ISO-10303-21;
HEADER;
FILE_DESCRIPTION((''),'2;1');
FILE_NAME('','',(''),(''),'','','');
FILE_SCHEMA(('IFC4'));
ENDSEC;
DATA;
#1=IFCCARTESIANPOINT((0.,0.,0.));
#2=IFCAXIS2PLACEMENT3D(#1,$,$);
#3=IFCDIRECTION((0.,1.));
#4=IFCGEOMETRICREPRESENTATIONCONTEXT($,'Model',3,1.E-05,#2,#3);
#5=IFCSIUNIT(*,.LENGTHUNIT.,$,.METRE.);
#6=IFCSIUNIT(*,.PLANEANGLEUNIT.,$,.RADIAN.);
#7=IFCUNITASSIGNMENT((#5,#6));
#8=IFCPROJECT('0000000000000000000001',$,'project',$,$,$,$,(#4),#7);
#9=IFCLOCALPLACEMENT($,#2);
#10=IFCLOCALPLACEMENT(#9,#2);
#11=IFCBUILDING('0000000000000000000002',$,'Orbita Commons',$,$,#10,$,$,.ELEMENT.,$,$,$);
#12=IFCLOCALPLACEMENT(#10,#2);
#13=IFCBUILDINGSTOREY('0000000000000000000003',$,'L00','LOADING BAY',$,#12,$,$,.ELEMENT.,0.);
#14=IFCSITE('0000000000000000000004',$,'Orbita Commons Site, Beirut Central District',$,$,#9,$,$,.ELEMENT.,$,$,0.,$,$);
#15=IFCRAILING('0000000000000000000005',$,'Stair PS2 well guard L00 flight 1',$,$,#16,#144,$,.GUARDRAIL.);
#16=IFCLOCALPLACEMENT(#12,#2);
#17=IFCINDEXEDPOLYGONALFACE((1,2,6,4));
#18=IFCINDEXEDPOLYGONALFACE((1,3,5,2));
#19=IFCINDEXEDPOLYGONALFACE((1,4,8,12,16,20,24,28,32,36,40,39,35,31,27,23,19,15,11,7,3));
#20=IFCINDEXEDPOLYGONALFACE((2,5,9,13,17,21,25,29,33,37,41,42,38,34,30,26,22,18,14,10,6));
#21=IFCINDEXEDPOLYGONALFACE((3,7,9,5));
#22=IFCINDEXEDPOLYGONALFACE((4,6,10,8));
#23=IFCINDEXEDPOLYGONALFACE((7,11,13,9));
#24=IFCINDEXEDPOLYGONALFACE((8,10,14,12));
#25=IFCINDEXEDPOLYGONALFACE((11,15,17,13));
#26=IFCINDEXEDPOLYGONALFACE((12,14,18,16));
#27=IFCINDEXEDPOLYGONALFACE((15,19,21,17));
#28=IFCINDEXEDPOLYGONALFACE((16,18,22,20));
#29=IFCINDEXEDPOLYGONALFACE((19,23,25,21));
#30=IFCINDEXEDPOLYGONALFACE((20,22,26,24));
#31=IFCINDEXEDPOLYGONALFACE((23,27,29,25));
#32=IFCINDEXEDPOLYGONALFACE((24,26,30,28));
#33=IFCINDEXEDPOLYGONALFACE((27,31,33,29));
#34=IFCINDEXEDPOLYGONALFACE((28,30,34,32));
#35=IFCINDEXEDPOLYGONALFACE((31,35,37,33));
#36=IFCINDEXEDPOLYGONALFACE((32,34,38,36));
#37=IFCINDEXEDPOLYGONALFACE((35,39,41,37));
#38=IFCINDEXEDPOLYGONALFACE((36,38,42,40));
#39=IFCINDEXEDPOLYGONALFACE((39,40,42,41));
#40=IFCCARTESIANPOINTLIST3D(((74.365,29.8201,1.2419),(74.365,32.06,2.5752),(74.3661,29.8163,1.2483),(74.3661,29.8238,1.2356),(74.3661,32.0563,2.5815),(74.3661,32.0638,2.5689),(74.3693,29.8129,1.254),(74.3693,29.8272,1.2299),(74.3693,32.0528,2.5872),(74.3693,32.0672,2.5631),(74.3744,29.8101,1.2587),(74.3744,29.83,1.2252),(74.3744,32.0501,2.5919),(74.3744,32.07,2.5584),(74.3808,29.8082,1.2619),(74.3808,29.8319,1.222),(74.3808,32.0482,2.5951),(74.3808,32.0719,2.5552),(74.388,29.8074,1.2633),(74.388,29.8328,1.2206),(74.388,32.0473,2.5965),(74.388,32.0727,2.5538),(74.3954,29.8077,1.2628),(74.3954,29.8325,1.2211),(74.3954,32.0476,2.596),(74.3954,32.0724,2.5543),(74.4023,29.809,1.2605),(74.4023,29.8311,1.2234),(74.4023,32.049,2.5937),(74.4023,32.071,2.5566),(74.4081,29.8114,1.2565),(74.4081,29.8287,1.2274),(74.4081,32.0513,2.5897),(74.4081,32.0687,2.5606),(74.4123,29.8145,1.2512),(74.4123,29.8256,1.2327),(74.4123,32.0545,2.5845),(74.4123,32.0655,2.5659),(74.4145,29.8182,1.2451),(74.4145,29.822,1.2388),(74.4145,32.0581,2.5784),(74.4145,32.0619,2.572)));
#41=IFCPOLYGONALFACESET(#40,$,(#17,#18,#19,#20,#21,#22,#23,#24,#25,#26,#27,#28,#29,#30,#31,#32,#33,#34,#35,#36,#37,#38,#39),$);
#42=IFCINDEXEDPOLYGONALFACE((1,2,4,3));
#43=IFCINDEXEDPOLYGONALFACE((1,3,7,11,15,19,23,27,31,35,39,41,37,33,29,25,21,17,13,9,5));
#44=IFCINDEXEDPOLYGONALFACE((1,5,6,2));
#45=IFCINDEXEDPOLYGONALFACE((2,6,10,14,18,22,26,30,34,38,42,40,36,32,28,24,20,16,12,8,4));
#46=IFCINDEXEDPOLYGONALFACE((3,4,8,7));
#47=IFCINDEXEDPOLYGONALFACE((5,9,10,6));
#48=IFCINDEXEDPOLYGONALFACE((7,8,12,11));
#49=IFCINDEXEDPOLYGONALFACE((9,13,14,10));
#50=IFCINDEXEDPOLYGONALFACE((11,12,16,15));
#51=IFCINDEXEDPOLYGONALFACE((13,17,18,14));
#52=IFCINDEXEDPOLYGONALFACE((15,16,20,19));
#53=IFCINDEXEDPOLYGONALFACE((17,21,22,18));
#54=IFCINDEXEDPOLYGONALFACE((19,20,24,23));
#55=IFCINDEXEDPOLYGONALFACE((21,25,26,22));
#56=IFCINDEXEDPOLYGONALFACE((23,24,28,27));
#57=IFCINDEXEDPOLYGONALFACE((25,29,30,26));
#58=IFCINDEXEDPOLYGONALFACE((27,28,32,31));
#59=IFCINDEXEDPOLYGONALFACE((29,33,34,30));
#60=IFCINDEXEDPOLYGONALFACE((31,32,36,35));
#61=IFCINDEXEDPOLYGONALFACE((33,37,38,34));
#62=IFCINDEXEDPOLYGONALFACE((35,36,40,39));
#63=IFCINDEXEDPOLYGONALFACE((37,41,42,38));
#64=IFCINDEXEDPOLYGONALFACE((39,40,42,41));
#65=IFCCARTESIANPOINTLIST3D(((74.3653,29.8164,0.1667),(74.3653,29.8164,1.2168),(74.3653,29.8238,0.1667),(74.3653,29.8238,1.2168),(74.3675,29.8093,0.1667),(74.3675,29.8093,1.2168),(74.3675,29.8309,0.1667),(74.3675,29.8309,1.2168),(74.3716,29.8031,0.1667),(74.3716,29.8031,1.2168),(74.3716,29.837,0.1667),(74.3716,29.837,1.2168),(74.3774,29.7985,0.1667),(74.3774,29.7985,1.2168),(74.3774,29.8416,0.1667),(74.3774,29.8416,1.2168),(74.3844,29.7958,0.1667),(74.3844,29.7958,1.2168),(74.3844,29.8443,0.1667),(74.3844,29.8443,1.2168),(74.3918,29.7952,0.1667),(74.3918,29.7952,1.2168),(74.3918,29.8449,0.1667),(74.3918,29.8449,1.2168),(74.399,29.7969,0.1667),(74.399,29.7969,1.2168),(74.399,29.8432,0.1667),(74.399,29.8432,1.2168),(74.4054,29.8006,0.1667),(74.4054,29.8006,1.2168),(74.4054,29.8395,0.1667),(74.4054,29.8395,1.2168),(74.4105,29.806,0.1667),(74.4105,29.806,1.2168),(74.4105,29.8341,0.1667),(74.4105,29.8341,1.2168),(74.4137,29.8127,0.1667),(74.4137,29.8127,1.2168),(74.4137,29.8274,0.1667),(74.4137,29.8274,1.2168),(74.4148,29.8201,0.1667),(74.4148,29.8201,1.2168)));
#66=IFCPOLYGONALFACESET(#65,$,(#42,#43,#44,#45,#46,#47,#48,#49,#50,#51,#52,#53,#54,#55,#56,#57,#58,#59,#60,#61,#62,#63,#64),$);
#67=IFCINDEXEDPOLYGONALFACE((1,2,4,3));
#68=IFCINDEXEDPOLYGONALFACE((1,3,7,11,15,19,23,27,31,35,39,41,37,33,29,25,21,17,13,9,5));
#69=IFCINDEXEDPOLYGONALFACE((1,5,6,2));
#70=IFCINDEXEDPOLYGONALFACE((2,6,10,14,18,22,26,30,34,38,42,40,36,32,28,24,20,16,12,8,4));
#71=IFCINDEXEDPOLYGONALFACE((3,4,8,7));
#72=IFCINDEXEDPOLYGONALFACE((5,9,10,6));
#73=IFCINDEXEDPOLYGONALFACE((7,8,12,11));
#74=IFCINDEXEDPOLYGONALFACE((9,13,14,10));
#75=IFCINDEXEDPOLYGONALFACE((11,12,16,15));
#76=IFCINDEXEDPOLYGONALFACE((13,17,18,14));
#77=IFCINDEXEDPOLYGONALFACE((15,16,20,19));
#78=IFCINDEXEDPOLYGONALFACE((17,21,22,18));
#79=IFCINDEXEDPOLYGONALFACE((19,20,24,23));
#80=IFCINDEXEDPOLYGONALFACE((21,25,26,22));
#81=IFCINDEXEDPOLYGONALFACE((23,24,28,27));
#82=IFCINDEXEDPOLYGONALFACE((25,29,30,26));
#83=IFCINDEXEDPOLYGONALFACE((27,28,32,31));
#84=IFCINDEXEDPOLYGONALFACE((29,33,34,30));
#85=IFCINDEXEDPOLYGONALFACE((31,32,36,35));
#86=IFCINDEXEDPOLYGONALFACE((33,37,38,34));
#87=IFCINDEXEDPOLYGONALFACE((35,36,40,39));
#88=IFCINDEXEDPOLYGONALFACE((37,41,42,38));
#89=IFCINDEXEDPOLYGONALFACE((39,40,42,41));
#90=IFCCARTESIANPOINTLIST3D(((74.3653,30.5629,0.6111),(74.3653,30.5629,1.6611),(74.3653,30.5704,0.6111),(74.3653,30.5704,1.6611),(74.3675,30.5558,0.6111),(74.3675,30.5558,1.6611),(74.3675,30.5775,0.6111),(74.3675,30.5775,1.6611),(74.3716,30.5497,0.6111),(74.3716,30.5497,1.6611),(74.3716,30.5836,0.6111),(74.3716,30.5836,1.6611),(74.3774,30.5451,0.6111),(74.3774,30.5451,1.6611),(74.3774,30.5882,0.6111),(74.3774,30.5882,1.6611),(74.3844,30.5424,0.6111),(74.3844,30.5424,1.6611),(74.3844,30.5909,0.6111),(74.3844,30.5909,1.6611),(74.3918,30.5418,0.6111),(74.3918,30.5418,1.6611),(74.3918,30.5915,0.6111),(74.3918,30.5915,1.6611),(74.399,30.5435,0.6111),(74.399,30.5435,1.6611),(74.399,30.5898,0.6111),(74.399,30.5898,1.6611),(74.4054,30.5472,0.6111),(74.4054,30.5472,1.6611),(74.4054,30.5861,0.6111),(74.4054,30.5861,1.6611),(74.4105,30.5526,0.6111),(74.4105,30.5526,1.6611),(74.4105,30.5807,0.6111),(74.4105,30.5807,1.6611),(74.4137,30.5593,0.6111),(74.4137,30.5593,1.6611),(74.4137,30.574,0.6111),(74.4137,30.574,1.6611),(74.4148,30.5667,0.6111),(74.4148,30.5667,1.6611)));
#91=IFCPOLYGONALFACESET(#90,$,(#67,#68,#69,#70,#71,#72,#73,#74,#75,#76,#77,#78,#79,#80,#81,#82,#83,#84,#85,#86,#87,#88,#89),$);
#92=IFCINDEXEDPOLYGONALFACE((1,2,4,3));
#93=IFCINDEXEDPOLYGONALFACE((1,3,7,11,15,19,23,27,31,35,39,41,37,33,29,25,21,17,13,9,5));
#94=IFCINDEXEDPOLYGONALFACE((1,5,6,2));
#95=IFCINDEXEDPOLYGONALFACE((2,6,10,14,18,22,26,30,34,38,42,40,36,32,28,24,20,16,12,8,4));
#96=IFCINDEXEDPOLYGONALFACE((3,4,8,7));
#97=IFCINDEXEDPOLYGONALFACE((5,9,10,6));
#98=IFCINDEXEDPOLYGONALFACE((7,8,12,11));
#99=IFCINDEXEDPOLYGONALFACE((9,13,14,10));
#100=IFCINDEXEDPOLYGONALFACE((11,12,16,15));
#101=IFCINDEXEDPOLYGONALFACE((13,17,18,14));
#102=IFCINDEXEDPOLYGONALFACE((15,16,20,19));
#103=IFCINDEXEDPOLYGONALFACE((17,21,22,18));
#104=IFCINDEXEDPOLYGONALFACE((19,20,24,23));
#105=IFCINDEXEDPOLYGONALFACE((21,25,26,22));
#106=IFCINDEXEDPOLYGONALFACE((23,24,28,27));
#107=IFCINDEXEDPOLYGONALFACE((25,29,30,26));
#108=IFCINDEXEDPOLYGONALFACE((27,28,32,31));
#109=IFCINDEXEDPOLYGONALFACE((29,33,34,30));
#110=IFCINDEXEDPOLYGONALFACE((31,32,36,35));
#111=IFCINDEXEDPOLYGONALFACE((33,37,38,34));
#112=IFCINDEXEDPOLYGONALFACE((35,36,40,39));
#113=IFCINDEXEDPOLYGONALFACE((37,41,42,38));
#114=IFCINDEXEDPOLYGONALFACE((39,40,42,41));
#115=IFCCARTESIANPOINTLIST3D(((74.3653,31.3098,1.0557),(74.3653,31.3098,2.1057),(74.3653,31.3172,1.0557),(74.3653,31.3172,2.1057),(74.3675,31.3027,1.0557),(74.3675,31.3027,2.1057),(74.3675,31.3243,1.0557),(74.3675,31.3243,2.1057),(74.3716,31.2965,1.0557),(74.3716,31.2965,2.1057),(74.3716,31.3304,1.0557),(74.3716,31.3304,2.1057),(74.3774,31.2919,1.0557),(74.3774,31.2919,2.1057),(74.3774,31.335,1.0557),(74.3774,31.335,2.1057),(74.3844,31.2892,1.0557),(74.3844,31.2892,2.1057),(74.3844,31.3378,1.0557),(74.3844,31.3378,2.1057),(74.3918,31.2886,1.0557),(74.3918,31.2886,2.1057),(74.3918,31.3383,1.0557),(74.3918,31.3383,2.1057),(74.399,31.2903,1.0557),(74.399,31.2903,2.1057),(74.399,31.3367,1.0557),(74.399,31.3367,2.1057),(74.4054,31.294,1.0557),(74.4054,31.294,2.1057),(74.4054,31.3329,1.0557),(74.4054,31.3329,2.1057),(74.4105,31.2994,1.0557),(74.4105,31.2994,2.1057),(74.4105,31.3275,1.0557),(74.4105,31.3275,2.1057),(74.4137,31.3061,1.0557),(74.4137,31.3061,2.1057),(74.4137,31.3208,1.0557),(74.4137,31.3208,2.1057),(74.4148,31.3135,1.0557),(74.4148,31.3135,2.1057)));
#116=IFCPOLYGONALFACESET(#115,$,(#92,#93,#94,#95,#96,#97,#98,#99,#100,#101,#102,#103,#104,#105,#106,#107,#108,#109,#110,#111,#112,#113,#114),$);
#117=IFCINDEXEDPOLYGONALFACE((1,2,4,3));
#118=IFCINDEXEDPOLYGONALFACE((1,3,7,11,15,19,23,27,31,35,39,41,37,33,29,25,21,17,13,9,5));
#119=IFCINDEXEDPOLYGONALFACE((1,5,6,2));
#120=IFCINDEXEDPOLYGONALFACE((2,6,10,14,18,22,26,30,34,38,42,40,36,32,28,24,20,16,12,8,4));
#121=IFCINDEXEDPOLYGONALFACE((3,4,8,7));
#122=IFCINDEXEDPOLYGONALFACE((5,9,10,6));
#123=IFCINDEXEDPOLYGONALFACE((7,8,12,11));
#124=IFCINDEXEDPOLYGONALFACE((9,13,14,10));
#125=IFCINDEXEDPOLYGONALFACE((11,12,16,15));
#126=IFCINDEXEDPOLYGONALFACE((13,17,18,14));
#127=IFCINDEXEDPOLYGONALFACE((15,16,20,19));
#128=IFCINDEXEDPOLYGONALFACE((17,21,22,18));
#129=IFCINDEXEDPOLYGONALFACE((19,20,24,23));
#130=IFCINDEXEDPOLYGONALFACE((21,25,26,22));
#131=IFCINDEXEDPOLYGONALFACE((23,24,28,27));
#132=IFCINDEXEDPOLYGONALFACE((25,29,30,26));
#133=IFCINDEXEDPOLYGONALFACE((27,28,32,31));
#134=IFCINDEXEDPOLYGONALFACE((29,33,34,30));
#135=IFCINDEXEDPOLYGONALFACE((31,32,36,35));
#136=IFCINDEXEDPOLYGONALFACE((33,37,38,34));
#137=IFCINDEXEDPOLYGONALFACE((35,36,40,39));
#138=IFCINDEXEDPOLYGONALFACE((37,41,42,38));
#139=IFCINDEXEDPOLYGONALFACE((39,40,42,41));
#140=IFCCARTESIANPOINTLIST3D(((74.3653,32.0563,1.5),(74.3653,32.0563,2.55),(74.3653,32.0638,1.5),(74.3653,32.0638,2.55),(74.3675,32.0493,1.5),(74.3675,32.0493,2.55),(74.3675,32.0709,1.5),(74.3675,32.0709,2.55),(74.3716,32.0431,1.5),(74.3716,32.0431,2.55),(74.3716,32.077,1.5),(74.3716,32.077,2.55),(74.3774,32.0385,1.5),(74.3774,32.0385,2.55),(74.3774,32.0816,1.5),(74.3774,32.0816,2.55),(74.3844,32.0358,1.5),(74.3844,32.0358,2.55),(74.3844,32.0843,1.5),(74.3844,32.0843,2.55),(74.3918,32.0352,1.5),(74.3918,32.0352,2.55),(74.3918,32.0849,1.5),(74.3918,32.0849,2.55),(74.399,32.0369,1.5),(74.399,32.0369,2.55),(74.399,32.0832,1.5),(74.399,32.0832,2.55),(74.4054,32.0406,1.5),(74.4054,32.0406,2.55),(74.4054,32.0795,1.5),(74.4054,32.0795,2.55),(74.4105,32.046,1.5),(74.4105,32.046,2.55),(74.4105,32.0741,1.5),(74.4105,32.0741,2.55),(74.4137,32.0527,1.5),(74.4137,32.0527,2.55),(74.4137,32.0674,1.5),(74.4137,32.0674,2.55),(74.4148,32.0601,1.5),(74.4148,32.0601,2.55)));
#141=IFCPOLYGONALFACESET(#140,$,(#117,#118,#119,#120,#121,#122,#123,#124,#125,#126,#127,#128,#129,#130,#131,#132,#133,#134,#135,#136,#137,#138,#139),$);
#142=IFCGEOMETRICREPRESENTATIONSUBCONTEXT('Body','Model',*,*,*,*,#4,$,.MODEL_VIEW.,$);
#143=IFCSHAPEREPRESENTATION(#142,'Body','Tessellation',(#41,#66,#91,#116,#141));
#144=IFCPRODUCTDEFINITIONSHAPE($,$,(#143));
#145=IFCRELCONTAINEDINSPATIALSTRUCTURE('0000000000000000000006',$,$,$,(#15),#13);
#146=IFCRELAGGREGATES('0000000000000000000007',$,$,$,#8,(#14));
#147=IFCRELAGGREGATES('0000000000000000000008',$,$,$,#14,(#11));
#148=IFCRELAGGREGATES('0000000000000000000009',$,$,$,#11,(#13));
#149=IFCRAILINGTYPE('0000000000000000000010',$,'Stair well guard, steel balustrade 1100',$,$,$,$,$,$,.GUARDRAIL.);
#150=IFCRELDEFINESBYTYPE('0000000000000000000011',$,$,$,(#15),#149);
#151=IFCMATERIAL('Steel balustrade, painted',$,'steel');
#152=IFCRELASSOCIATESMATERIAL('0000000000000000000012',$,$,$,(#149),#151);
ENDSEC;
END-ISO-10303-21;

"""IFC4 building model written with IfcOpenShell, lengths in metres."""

from ifc_helpers import new_model, si_unit, direction, frame, origin, origin_2d, place, context, subcontext, project, spatial, circle, extrude, material, type_object, element, save


model = new_model("IFC4")

# Units and contexts
model_context = context("Model", 3, precision=1e-05, world=origin(), true_north=direction((0.0, 1.0)))
body_context = subcontext(model_context, "Body", "Model", "MODEL_VIEW")
ifc_project = project(units=[si_unit("LENGTHUNIT", "METRE"), si_unit("PLANEANGLEUNIT", "RADIAN")], contexts=[model_context])

# Site, building, storey
site_placement = place(None, origin())
site = spatial("IfcSite", under=ifc_project, at=site_placement, Name="Orbita Commons Site, Beirut Central District", CompositionType="ELEMENT", RefElevation=0.0)
building_placement = place(site_placement, origin())
building = spatial("IfcBuilding", under=site, at=building_placement, Name="Orbita Commons", CompositionType="ELEMENT")
storey_placement = place(building_placement, origin())
storey = spatial("IfcBuildingStorey", under=building, at=storey_placement, Name="L00", Description="LOADING BAY", CompositionType="ELEMENT", Elevation=0.0)

# Railing
ifc_material_1 = material(Name="Steel balustrade, painted", Category="steel")
railing_type_1 = type_object("IfcRailingType", Name="Stair well guard, steel balustrade 1100", PredefinedType="GUARDRAIL", material=ifc_material_1)
railing_1_placement = place(storey_placement, frame((74.3899, 29.8201, 0.1667)))
element("IfcRailing", 1, at=railing_1_placement, inside=storey, type_object=railing_type_1, Name="Stair PS2 well guard L00 flight 1", PredefinedType="GUARDRAIL", context=body_context, shape_type="SweptSolid", body=[
    extrude(circle(Radius=0.0249, at=origin_2d()), frame((0.0, 0.0, 1.0752), z_axis=(0.0, 0.859306, 0.511462), x_axis=(-1.0, 0.0, 0.0)), (0.0, 0.0, 1.0), 2.6067),
    extrude(circle(Radius=0.0249, at=origin_2d()), origin(), (0.0, 0.0, 1.0), 1.05),
    extrude(circle(Radius=0.0249, at=origin_2d()), frame((0.0, 0.7466, 0.4443)), (0.0, 0.0, 1.0), 1.05),
    extrude(circle(Radius=0.0249, at=origin_2d()), frame((0.0, 1.4934, 0.8889)), (0.0, 0.0, 1.0), 1.05),
    extrude(circle(Radius=0.0249, at=origin_2d()), frame((0.0, 2.24, 1.3333)), (0.0, 0.0, 1.0), 1.05),
])

save(model, "model.ifc")
